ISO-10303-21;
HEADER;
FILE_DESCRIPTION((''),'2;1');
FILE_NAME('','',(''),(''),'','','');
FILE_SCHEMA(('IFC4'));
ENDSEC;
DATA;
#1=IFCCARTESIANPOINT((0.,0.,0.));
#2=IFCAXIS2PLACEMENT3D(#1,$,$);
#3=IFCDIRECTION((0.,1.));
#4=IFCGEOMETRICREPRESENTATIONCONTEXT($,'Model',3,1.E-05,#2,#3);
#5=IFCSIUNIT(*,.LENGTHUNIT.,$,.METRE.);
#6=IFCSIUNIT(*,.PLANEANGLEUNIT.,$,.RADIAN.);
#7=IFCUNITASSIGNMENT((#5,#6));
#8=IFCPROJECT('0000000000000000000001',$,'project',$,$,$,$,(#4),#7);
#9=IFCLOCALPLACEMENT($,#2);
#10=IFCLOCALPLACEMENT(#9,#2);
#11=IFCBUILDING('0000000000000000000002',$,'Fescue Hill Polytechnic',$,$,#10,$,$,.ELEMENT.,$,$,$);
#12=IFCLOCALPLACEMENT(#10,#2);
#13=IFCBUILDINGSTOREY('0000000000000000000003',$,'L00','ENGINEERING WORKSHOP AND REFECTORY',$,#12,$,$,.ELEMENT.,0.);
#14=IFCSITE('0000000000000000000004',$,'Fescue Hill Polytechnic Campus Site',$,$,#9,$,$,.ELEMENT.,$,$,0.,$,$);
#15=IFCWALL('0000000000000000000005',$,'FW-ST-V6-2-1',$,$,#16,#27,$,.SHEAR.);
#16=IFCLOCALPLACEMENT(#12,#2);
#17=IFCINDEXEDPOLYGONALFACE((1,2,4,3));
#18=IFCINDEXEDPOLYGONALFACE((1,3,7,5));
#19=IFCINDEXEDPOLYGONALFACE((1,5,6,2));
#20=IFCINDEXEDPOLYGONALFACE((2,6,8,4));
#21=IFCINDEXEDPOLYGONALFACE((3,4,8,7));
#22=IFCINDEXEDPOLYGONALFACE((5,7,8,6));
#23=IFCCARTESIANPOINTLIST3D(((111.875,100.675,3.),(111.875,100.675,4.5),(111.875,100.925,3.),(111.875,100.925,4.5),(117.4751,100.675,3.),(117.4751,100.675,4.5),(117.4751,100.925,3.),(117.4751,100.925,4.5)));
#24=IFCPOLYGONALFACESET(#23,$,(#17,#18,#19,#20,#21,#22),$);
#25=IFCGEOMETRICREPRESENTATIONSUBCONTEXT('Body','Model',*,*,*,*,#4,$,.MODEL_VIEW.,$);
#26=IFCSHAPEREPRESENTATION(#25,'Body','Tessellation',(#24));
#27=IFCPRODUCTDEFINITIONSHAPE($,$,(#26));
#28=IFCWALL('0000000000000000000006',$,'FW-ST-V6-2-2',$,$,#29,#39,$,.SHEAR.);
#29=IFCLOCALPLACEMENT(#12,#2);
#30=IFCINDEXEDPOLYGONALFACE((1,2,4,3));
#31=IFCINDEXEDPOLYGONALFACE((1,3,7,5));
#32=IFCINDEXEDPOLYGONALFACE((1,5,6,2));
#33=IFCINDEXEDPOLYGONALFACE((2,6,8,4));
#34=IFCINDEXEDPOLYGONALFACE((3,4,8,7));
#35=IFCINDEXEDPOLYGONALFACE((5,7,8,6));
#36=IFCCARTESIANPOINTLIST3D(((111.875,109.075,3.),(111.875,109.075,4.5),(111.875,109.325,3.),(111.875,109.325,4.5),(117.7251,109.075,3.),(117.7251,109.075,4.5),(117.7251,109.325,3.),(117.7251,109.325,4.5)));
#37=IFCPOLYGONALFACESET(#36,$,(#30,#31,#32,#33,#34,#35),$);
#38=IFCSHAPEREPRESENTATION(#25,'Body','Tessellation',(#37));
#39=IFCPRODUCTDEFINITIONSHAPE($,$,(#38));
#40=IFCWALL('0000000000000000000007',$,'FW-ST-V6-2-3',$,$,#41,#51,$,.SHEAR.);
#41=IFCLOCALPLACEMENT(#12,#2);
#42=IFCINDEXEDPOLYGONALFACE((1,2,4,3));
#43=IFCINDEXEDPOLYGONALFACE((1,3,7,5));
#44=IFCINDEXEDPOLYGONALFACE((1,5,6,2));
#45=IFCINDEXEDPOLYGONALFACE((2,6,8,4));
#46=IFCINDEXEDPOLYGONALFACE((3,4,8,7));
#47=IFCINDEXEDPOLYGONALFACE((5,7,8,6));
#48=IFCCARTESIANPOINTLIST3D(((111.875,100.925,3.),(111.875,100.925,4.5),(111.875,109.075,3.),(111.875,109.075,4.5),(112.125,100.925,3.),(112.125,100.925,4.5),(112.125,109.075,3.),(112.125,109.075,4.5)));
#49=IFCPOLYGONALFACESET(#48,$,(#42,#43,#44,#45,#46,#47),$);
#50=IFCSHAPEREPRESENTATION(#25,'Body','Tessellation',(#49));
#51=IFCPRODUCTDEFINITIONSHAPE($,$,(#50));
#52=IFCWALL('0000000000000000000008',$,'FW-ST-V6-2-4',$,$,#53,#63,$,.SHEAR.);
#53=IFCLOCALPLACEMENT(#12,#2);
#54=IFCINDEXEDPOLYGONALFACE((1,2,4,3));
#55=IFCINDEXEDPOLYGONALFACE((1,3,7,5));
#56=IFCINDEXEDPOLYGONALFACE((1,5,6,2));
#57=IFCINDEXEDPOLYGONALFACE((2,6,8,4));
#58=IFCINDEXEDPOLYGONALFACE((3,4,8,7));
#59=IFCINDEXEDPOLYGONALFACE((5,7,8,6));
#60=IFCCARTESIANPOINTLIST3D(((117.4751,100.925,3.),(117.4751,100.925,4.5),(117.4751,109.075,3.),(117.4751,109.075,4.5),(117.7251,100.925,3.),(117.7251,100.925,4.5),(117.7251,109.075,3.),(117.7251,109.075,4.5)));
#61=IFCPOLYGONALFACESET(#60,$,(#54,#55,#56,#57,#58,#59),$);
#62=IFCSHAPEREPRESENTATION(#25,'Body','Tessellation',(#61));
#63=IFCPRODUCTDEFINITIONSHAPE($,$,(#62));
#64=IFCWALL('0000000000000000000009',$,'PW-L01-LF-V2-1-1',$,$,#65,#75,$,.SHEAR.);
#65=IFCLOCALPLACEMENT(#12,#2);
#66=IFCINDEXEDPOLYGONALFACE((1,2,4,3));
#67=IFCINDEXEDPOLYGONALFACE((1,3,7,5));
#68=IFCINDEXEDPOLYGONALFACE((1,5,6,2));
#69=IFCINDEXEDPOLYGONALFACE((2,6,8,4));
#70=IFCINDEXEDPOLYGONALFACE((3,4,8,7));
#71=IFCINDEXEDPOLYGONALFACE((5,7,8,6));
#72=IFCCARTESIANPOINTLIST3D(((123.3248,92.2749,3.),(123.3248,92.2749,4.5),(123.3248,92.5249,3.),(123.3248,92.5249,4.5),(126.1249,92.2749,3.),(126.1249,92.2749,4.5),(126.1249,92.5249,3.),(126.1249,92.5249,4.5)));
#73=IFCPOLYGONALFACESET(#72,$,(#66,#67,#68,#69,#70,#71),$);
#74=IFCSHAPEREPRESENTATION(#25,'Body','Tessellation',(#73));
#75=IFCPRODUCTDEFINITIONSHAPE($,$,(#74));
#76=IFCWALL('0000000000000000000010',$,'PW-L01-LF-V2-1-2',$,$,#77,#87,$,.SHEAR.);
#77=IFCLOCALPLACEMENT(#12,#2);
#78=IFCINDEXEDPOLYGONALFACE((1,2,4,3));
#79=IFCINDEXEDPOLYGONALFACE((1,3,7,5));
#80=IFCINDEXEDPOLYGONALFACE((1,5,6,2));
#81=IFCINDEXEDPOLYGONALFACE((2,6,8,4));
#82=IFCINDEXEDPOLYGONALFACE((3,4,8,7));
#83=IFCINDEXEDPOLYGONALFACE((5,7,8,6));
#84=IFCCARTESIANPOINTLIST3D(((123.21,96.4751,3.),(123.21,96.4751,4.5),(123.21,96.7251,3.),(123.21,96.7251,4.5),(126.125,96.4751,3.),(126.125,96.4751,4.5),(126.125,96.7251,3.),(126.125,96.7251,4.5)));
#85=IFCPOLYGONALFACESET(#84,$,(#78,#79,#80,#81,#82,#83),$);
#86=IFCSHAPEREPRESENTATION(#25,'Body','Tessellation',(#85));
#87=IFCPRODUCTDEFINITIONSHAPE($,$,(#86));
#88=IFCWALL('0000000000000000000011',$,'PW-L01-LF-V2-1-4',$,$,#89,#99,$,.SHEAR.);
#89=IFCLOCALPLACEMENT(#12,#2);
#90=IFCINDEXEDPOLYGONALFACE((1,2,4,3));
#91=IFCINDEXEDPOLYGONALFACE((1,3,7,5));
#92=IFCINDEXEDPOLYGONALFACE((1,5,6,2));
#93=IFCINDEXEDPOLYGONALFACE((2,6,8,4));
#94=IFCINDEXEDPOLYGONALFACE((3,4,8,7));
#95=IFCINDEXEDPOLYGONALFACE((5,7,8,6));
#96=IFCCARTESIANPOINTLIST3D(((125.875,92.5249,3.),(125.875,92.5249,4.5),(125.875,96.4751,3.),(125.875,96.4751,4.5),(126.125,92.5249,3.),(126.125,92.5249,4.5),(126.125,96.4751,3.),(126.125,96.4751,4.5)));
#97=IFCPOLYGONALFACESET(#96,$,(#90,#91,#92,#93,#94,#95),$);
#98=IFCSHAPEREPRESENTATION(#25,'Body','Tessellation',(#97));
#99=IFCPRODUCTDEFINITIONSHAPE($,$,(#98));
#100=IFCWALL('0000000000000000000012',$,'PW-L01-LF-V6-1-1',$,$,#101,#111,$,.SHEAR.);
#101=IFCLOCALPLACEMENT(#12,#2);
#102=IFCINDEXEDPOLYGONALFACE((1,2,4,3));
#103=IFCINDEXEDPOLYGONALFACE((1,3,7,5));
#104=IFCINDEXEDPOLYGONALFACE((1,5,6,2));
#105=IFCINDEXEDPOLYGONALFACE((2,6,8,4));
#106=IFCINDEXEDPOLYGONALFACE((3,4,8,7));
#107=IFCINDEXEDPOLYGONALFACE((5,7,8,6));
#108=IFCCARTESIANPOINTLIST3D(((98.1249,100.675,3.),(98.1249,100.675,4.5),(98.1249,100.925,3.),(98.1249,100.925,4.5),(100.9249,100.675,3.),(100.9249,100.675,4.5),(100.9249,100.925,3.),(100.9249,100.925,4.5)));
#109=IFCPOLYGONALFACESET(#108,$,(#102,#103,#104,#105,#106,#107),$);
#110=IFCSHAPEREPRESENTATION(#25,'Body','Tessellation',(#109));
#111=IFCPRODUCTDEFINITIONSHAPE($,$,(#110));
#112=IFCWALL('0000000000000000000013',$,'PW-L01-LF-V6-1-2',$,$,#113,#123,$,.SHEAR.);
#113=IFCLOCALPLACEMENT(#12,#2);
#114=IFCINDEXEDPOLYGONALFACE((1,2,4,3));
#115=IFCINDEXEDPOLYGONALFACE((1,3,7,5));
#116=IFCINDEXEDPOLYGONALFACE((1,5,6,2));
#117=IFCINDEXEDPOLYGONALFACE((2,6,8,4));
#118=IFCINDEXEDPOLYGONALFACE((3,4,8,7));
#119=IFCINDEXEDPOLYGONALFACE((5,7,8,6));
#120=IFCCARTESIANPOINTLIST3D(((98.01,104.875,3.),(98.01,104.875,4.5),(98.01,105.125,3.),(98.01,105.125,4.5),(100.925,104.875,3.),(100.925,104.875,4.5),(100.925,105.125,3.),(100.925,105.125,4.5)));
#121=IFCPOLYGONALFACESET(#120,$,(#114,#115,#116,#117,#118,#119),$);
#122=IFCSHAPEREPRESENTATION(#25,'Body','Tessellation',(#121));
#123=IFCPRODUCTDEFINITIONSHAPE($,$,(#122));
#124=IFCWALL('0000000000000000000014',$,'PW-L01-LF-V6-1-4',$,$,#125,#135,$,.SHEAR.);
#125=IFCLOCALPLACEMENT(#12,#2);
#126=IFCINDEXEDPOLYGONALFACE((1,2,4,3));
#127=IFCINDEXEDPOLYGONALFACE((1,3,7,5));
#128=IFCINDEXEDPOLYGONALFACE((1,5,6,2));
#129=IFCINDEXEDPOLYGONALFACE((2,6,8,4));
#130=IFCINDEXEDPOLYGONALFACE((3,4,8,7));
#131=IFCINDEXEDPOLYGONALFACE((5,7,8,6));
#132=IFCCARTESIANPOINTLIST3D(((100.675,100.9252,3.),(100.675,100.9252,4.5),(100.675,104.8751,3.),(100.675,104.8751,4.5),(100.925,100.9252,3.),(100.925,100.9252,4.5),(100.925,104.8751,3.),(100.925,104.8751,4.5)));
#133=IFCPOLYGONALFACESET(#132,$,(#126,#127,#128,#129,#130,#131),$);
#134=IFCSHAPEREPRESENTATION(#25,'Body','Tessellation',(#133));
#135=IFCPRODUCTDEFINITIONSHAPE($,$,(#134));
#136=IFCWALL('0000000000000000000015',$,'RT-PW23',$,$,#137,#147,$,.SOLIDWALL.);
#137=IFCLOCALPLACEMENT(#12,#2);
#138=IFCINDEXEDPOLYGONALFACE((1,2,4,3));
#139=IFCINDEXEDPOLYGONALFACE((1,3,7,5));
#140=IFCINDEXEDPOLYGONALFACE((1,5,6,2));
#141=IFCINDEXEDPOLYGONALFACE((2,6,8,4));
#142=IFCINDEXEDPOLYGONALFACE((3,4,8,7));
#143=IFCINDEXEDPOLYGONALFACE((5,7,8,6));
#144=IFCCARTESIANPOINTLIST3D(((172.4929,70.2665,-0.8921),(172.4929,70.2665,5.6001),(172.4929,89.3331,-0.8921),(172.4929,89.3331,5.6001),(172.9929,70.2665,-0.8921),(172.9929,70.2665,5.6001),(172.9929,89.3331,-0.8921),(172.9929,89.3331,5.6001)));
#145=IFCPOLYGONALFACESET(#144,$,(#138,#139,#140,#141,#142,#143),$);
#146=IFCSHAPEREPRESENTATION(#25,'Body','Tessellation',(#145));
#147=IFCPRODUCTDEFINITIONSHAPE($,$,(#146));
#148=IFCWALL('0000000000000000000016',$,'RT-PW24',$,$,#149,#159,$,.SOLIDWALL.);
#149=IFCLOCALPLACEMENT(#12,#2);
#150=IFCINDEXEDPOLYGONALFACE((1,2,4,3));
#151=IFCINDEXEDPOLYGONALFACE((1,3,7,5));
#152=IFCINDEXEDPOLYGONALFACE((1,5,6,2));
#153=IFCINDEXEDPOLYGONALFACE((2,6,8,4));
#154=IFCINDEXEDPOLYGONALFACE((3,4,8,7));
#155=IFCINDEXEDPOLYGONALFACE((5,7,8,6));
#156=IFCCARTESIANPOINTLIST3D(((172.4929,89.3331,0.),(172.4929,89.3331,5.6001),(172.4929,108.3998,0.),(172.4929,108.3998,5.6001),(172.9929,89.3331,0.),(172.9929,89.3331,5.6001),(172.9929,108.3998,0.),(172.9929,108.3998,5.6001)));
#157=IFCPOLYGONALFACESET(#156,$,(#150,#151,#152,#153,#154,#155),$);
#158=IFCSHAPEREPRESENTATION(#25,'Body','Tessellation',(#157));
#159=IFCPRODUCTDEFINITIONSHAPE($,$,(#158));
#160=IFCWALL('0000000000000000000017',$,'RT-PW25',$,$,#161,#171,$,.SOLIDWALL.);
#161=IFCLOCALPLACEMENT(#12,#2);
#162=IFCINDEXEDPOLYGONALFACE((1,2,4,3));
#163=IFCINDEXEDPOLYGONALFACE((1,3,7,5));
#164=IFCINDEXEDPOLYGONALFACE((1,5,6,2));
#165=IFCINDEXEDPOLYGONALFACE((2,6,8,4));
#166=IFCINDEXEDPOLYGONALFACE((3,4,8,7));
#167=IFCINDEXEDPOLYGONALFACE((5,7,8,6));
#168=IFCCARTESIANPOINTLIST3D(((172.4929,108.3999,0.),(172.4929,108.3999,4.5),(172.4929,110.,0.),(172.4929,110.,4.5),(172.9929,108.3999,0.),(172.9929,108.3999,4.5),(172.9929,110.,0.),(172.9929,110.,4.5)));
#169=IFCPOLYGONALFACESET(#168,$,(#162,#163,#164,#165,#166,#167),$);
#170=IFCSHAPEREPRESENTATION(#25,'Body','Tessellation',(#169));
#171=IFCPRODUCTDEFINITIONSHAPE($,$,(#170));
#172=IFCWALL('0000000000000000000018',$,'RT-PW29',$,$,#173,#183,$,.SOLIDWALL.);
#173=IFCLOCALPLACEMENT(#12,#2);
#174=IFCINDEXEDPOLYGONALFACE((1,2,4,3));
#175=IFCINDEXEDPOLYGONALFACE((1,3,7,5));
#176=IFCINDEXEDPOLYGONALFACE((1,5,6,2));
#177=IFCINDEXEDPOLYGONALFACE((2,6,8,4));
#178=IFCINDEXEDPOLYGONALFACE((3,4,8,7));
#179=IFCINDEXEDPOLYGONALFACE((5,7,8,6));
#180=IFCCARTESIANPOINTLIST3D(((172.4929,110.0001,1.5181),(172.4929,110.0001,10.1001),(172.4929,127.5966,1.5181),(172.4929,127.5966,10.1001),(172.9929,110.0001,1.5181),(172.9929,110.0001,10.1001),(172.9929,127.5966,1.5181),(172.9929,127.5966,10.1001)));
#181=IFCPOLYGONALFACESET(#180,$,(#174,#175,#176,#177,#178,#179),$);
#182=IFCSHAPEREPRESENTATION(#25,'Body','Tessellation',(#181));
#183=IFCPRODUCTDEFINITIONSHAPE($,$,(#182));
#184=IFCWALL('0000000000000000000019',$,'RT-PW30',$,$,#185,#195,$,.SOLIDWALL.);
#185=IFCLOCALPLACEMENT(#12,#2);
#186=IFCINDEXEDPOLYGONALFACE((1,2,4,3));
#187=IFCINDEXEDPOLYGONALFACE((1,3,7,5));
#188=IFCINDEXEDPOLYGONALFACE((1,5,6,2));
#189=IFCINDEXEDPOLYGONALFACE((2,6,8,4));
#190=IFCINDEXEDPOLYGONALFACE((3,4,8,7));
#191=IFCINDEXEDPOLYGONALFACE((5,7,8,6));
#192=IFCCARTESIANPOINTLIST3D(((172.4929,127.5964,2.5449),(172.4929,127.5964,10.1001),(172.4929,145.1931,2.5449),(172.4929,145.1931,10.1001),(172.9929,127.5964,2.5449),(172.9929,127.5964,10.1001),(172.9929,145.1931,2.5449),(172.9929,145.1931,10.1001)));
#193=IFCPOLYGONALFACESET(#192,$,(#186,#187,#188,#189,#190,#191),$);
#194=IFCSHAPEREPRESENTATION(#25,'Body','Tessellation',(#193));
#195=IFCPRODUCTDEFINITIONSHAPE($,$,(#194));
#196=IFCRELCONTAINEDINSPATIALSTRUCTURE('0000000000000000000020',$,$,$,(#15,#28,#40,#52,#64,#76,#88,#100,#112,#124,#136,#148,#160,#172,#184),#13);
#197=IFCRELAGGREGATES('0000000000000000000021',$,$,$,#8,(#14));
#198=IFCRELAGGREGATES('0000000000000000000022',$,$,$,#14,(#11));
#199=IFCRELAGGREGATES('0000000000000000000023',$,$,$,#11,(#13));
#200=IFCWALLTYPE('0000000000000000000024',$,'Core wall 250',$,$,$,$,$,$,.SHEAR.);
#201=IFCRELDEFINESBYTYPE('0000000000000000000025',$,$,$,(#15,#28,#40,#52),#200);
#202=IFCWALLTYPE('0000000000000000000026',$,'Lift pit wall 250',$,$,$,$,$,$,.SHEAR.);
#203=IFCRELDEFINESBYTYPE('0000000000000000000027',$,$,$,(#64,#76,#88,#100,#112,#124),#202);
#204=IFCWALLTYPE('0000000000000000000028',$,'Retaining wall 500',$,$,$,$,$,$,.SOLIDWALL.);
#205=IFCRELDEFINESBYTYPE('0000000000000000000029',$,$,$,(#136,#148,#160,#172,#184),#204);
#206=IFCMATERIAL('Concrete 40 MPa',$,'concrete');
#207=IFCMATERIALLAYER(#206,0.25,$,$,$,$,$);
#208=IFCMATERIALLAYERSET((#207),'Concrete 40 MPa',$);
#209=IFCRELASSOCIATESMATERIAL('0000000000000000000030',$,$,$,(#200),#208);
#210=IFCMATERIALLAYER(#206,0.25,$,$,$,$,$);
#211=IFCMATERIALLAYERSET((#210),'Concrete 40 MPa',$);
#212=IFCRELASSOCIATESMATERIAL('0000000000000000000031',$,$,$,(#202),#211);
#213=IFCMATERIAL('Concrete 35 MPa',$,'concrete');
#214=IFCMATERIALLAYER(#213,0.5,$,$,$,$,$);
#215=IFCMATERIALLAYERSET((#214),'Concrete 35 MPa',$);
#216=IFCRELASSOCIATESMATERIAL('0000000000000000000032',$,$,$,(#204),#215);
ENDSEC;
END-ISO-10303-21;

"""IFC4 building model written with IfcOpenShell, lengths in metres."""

from ifc_helpers import new_model, si_unit, direction, frame, frame_2d, origin, place, context, subcontext, project, spatial, rectangle, extrude, material, layer, layer_set, type_object, element, save


model = new_model("IFC4")

# Units and contexts
model_context = context("Model", 3, precision=1e-05, world=origin(), true_north=direction((0.0, 1.0)))
body_context = subcontext(model_context, "Body", "Model", "MODEL_VIEW")
ifc_project = project(units=[si_unit("LENGTHUNIT", "METRE"), si_unit("PLANEANGLEUNIT", "RADIAN")], contexts=[model_context])

# Site, building, storey
site_placement = place(None, origin())
site = spatial("IfcSite", under=ifc_project, at=site_placement, Name="Fescue Hill Polytechnic Campus Site", CompositionType="ELEMENT", RefElevation=0.0)
building_placement = place(site_placement, origin())
building = spatial("IfcBuilding", under=site, at=building_placement, Name="Fescue Hill Polytechnic", CompositionType="ELEMENT")
storey_placement = place(building_placement, origin())
storey = spatial("IfcBuildingStorey", under=building, at=storey_placement, Name="L00", Description="ENGINEERING WORKSHOP AND REFECTORY", CompositionType="ELEMENT", Elevation=0.0)

# Shared definitions
ifc_material_1 = material(Name="Concrete 40 MPa", Category="concrete")

# Walls
ifc_layer_1 = layer(ifc_material_1, 0.25)
ifc_layer_set_1 = layer_set([ifc_layer_1], Name="Concrete 40 MPa")
wall_type_1 = type_object("IfcWallType", Name="Core wall 250", PredefinedType="SHEAR", material=ifc_layer_set_1)
wall_1_placement = place(storey_placement, frame((111.875, 100.8, 3.0), z_axis=(0.0, 0.0, 1.0), x_axis=(1.0, 0.0, 0.0)))
element("IfcWall", 1, at=wall_1_placement, inside=storey, type_object=wall_type_1, Name="FW-ST-V6-2-1", PredefinedType="SHEAR", context=body_context, shape_type="SweptSolid", body=[
    extrude(rectangle(XDim=5.6001, YDim=0.25, at=frame_2d((2.8, 0.0))), origin(), (0.0, 0.0, 1.0), 1.5),
])
wall_2_placement = place(storey_placement, frame((111.875, 109.2, 3.0), z_axis=(0.0, 0.0, 1.0), x_axis=(1.0, 0.0, 0.0)))
element("IfcWall", 2, at=wall_2_placement, inside=storey, type_object=wall_type_1, Name="FW-ST-V6-2-2", PredefinedType="SHEAR", context=body_context, shape_type="SweptSolid", body=[
    extrude(rectangle(XDim=5.8501, YDim=0.25, at=frame_2d((2.925, 0.0))), origin(), (0.0, 0.0, 1.0), 1.5),
])
for number, where, z_axis, x_axis, name in (
    (3, (112.0, 100.925, 3.0), (0.0, 0.0, 1.0), (0.0, 1.0, 0.0), "FW-ST-V6-2-3"),
    (4, (117.6001, 100.925, 3.0), (0.0, 0.0, 1.0), (0.0, 1.0, 0.0), "FW-ST-V6-2-4"),
):
    element("IfcWall", number, at=place(storey_placement, frame(where, z_axis=z_axis, x_axis=x_axis)), inside=storey, type_object=wall_type_1, Name=name, PredefinedType="SHEAR", context=body_context, shape_type="SweptSolid", body=[
        extrude(rectangle(XDim=8.1499, YDim=0.25, at=frame_2d((4.075, 0.0))), origin(), (0.0, 0.0, 1.0), 1.5),
    ])
ifc_layer_2 = layer(ifc_material_1, 0.25)
ifc_layer_set_2 = layer_set([ifc_layer_2], Name="Concrete 40 MPa")
wall_type_2 = type_object("IfcWallType", Name="Lift pit wall 250", PredefinedType="SHEAR", material=ifc_layer_set_2)
wall_3_placement = place(storey_placement, frame((123.325, 92.3999, 3.0), z_axis=(0.0, 0.0, 1.0), x_axis=(1.0, 0.0, 0.0)))
element("IfcWall", 5, at=wall_3_placement, inside=storey, type_object=wall_type_2, Name="PW-L01-LF-V2-1-1", PredefinedType="SHEAR", context=body_context, shape_type="SweptSolid", body=[
    extrude(rectangle(XDim=2.8, YDim=0.25, at=frame_2d((1.3999, 0.0))), origin(), (0.0, 0.0, 1.0), 1.5),
])
wall_4_placement = place(storey_placement, frame((123.21, 96.6001, 3.0), z_axis=(0.0, 0.0, 1.0), x_axis=(1.0, 0.0, 0.0)))
element("IfcWall", 6, at=wall_4_placement, inside=storey, type_object=wall_type_2, Name="PW-L01-LF-V2-1-2", PredefinedType="SHEAR", context=body_context, shape_type="SweptSolid", body=[
    extrude(rectangle(XDim=2.915, YDim=0.25, at=frame_2d((1.4575, 0.0))), origin(), (0.0, 0.0, 1.0), 1.5),
])
wall_5_placement = place(storey_placement, frame((126.0, 92.5249, 3.0), z_axis=(0.0, 0.0, 1.0), x_axis=(0.0, 1.0, 0.0)))
element("IfcWall", 7, at=wall_5_placement, inside=storey, type_object=wall_type_2, Name="PW-L01-LF-V2-1-4", PredefinedType="SHEAR", context=body_context, shape_type="SweptSolid", body=[
    extrude(rectangle(XDim=3.9502, YDim=0.25, at=frame_2d((1.9751, 0.0))), origin(), (0.0, 0.0, 1.0), 1.5),
])
wall_6_placement = place(storey_placement, frame((98.125, 100.8, 3.0), z_axis=(0.0, 0.0, 1.0), x_axis=(1.0, 0.0, 0.0)))
element("IfcWall", 8, at=wall_6_placement, inside=storey, type_object=wall_type_2, Name="PW-L01-LF-V6-1-1", PredefinedType="SHEAR", context=body_context, shape_type="SweptSolid", body=[
    extrude(rectangle(XDim=2.8, YDim=0.25, at=frame_2d((1.3999, 0.0))), origin(), (0.0, 0.0, 1.0), 1.5),
])
wall_7_placement = place(storey_placement, frame((98.01, 105.0, 3.0), z_axis=(0.0, 0.0, 1.0), x_axis=(1.0, 0.0, 0.0)))
element("IfcWall", 9, at=wall_7_placement, inside=storey, type_object=wall_type_2, Name="PW-L01-LF-V6-1-2", PredefinedType="SHEAR", context=body_context, shape_type="SweptSolid", body=[
    extrude(rectangle(XDim=2.915, YDim=0.25, at=frame_2d((1.4575, 0.0))), origin(), (0.0, 0.0, 1.0), 1.5),
])
wall_8_placement = place(storey_placement, frame((100.8, 100.925, 3.0), z_axis=(0.0, 0.0, 1.0), x_axis=(0.0, 1.0, 0.0)))
element("IfcWall", 10, at=wall_8_placement, inside=storey, type_object=wall_type_2, Name="PW-L01-LF-V6-1-4", PredefinedType="SHEAR", context=body_context, shape_type="SweptSolid", body=[
    extrude(rectangle(XDim=3.95, YDim=0.25, at=frame_2d((1.9751, 0.0))), origin(), (0.0, 0.0, 1.0), 1.5),
])
ifc_material_2 = material(Name="Concrete 35 MPa", Category="concrete")
ifc_layer_3 = layer(ifc_material_2, 0.5)
ifc_layer_set_3 = layer_set([ifc_layer_3], Name="Concrete 35 MPa")
wall_type_3 = type_object("IfcWallType", Name="Retaining wall 500", PredefinedType="SOLIDWALL", material=ifc_layer_set_3)
wall_9_placement = place(storey_placement, frame((172.7429, 70.2666, -0.8921), z_axis=(0.0, 0.0, 1.0), x_axis=(0.0, 1.0, 0.0)))
element("IfcWall", 11, at=wall_9_placement, inside=storey, type_object=wall_type_3, Name="RT-PW23", PredefinedType="SOLIDWALL", context=body_context, shape_type="SweptSolid", body=[
    extrude(rectangle(XDim=19.0667, YDim=0.5, at=frame_2d((9.5332, 0.0))), origin(), (0.0, 0.0, 1.0), 6.4922),
])
wall_10_placement = place(storey_placement, frame((172.7429, 89.3333, 0.0), z_axis=(0.0, 0.0, 1.0), x_axis=(0.0, 1.0, 0.0)))
element("IfcWall", 12, at=wall_10_placement, inside=storey, type_object=wall_type_3, Name="RT-PW24", PredefinedType="SOLIDWALL", context=body_context, shape_type="SweptSolid", body=[
    extrude(rectangle(XDim=19.0667, YDim=0.5, at=frame_2d((9.5332, 0.0))), origin(), (0.0, 0.0, 1.0), 5.6001),
])
wall_11_placement = place(storey_placement, frame((172.7429, 108.3999, 0.0), z_axis=(0.0, 0.0, 1.0), x_axis=(0.0, 1.0, 0.0)))
element("IfcWall", 13, at=wall_11_placement, inside=storey, type_object=wall_type_3, Name="RT-PW25", PredefinedType="SOLIDWALL", context=body_context, shape_type="SweptSolid", body=[
    extrude(rectangle(XDim=1.6001, YDim=0.5, at=frame_2d((0.8, 0.0))), origin(), (0.0, 0.0, 1.0), 4.5),
])
wall_12_placement = place(storey_placement, frame((172.7429, 110.0, 1.5181), z_axis=(0.0, 0.0, 1.0), x_axis=(0.0, 1.0, 0.0)))
element("IfcWall", 14, at=wall_12_placement, inside=storey, type_object=wall_type_3, Name="RT-PW29", PredefinedType="SOLIDWALL", context=body_context, shape_type="SweptSolid", body=[
    extrude(rectangle(XDim=17.5964, YDim=0.5, at=frame_2d((8.7983, 0.0))), origin(), (0.0, 0.0, 1.0), 8.582),
])
wall_13_placement = place(storey_placement, frame((172.7429, 127.5964, 2.5449), z_axis=(0.0, 0.0, 1.0), x_axis=(0.0, 1.0, 0.0)))
element("IfcWall", 15, at=wall_13_placement, inside=storey, type_object=wall_type_3, Name="RT-PW30", PredefinedType="SOLIDWALL", context=body_context, shape_type="SweptSolid", body=[
    extrude(rectangle(XDim=17.5967, YDim=0.5, at=frame_2d((8.7983, 0.0))), origin(), (0.0, 0.0, 1.0), 7.5552),
])

save(model, "model.ifc")
